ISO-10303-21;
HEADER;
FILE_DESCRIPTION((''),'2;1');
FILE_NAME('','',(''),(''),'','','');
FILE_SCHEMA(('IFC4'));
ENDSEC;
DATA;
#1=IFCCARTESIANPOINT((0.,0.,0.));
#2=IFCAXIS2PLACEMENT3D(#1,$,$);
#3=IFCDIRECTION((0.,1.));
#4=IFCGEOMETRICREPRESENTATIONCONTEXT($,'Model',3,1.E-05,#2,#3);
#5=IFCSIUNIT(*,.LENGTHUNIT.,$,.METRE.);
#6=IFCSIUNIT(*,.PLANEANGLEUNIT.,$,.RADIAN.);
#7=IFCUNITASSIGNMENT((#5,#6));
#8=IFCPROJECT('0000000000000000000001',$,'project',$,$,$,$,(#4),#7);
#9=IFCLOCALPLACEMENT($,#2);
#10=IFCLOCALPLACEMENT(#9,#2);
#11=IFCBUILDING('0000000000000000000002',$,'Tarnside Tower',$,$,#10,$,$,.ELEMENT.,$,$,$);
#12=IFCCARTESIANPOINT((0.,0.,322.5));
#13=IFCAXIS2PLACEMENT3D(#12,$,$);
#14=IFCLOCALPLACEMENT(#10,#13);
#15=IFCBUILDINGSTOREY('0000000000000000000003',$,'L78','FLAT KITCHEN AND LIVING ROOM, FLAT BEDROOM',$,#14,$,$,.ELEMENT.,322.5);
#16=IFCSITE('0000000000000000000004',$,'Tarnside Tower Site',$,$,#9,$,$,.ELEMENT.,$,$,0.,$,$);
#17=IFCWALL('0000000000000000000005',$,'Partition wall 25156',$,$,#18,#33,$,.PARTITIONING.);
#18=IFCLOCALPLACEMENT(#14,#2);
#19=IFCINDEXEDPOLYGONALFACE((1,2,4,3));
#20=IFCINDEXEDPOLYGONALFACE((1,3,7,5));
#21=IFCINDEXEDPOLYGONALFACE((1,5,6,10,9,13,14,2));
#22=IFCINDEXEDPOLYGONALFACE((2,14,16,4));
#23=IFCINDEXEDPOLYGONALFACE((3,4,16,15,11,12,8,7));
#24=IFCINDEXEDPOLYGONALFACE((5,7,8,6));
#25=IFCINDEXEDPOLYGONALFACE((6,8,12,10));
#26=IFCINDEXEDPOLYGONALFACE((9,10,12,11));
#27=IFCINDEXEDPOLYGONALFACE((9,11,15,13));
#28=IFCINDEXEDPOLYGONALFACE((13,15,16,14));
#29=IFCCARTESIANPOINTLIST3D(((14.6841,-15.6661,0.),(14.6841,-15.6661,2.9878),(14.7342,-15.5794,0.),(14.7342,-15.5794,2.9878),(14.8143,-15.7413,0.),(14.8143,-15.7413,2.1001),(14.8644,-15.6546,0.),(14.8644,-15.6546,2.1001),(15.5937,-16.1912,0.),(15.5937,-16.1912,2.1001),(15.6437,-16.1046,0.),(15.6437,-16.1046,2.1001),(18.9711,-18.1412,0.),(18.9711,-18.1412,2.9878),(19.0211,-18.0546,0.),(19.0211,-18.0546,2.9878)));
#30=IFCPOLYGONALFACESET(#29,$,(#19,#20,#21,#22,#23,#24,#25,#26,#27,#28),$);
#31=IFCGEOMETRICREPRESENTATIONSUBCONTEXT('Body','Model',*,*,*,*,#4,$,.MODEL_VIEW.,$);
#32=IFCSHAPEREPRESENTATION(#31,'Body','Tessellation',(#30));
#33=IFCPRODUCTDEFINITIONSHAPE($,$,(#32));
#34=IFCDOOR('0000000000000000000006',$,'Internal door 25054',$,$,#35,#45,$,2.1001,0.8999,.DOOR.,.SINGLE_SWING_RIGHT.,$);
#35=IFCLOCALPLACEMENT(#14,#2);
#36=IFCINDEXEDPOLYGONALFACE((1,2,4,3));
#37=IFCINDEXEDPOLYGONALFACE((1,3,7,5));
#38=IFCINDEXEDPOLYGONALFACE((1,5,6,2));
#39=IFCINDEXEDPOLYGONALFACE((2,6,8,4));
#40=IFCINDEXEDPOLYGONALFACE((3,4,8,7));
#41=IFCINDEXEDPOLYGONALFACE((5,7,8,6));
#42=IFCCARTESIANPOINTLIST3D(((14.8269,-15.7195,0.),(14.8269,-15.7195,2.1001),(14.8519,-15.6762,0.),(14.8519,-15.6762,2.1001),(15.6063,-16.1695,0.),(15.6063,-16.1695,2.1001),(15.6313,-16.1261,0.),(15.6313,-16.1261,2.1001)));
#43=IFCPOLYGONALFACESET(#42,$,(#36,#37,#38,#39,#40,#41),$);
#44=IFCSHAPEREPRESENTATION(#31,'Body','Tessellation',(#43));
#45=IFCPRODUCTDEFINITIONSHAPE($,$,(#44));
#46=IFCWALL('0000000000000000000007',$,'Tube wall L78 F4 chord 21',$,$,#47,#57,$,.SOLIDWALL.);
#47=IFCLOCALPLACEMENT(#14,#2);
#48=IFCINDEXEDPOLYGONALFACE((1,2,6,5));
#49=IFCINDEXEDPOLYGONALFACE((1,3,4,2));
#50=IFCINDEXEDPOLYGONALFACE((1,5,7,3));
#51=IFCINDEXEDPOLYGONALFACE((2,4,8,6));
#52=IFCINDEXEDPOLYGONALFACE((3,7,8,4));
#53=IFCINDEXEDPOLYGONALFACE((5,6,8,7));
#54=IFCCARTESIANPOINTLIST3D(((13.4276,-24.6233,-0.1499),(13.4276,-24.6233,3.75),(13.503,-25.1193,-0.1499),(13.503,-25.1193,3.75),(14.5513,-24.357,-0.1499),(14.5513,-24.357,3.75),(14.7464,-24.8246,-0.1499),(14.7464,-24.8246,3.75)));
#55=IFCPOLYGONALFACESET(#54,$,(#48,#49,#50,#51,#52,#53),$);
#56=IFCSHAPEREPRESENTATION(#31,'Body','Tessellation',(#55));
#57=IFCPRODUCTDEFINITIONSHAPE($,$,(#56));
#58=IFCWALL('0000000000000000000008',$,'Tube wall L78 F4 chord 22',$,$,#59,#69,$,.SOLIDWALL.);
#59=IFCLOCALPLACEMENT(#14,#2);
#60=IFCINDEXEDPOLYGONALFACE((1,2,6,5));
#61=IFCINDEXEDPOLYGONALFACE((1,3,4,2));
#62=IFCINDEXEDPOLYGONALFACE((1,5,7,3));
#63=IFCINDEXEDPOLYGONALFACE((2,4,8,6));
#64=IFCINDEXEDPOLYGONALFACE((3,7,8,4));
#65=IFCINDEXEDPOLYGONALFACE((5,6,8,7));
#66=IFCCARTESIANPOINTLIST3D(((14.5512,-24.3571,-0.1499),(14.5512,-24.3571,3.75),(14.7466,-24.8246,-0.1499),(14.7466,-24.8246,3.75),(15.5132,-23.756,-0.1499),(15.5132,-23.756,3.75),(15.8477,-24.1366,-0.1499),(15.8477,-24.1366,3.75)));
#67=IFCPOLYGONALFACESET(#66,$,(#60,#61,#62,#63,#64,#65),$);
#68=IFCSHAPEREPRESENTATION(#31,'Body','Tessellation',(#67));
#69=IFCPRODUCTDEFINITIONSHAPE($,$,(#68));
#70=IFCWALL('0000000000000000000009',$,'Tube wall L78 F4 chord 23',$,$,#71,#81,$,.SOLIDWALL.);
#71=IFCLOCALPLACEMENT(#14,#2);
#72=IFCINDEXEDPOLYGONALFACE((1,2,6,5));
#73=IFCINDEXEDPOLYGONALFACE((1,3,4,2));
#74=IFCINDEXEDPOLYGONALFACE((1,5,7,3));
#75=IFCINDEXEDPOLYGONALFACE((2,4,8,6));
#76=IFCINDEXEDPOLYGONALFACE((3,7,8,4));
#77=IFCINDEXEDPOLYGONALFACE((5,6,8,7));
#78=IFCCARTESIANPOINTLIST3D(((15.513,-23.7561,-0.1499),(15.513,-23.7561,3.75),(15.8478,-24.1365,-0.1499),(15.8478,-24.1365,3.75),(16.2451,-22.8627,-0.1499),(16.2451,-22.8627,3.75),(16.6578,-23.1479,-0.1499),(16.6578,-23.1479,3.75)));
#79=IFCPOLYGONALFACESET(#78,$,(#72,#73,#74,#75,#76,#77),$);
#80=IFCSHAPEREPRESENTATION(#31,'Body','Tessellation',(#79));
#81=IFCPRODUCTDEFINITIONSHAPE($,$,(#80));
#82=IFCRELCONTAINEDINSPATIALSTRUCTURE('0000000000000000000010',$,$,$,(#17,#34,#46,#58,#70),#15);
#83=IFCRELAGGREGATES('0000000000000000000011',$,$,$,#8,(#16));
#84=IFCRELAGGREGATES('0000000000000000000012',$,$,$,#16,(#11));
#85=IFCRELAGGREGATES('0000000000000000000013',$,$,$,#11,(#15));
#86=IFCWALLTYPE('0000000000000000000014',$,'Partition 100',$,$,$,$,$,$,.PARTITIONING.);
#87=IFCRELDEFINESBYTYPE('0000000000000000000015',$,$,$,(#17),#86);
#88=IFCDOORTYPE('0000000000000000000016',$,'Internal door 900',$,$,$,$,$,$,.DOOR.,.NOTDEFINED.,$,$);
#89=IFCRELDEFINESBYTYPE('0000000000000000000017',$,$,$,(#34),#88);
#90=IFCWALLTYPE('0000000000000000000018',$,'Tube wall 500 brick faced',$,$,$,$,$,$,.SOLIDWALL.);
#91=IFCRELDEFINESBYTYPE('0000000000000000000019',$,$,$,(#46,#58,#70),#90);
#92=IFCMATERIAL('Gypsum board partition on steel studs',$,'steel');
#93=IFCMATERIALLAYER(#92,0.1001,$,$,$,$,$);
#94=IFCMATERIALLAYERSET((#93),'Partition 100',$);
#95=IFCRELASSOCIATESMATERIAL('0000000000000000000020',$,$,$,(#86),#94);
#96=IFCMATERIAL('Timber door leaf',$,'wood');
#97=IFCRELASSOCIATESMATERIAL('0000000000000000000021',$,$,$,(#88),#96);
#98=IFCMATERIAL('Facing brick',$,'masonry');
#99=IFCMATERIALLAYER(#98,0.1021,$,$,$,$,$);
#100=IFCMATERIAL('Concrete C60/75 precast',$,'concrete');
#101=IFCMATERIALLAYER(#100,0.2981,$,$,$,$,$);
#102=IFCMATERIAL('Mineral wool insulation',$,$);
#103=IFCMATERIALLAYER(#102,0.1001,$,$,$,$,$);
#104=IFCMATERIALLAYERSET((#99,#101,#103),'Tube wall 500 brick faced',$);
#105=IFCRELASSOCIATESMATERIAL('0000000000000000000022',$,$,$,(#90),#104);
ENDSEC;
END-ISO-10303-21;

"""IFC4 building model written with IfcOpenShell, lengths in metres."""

from ifc_helpers import new_model, si_unit, direction, frame, frame_2d, origin, place, context, subcontext, project, spatial, polyline, rectangle, outline, extrude, material, layer, layer_set, type_object, element, fill, save


model = new_model("IFC4")

# Units and contexts
model_context = context("Model", 3, precision=1e-05, world=origin(), true_north=direction((0.0, 1.0)))
body_context = subcontext(model_context, "Body", "Model", "MODEL_VIEW")
ifc_project = project(units=[si_unit("LENGTHUNIT", "METRE"), si_unit("PLANEANGLEUNIT", "RADIAN")], contexts=[model_context])

# Site, building, storey
site_placement = place(None, origin())
site = spatial("IfcSite", under=ifc_project, at=site_placement, Name="Tarnside Tower Site", CompositionType="ELEMENT", RefElevation=0.0)
building_placement = place(site_placement, origin())
building = spatial("IfcBuilding", under=site, at=building_placement, Name="Tarnside Tower", CompositionType="ELEMENT")
storey_placement = place(building_placement, frame((0.0, 0.0, 322.5)))
storey = spatial("IfcBuildingStorey", under=building, at=storey_placement, Name="L78", Description="FLAT KITCHEN AND LIVING ROOM, FLAT BEDROOM", CompositionType="ELEMENT", Elevation=322.5)

# Shared definitions
ifc_material_1 = material(Name="Gypsum board partition on steel studs", Category="steel")
ifc_material_2 = material(Name="Timber door leaf", Category="wood")

# Shared definitions
ifc_material_3 = material(Name="Concrete C60/75 precast", Category="concrete")
ifc_material_4 = material(Name="Mineral wool insulation")

# Shared definitions
ifc_layer_1 = layer(ifc_material_1, 0.1001)
ifc_layer_set_1 = layer_set([ifc_layer_1], Name="Partition 100")
wall_type_1 = type_object("IfcWallType", Name="Partition 100", PredefinedType="PARTITIONING", material=ifc_layer_set_1)
door_type_1 = type_object("IfcDoorType", Name="Internal door 900", OperationType="NOTDEFINED", PredefinedType="DOOR", material=ifc_material_2)

# Wall, opening, door
wall_1_placement = place(storey_placement, frame((18.9961, -18.0979, 0.0), z_axis=(0.0, 0.0, 1.0), x_axis=(-0.866019, 0.500011, 0.0)))
wall_1 = element("IfcWall", 1, at=wall_1_placement, inside=storey, type_object=wall_type_1, Name="Partition wall 25156", PredefinedType="PARTITIONING", context=body_context, shape_type="SweptSolid", body=[
    extrude(rectangle(XDim=4.9502, YDim=0.1001, at=frame_2d((2.4751, 0.0))), origin(), (0.0, 0.0, 1.0), 2.9878),
])
opening_1_placement = place(wall_1_placement, frame((3.8999, 0.0, 0.0)))
opening_1 = element("IfcOpeningElement", 2, at=opening_1_placement, cuts=wall_1, PredefinedType="OPENING", context=body_context, shape_type="SweptSolid", body=[
    extrude(rectangle(XDim=0.8999, YDim=2.1001, at=frame_2d((0.45, 1.05))), frame((0.0, 0.0601, 0.0), z_axis=(0.0, -1.0, 0.0), x_axis=(1.0, 0.0, 0.0)), (0.0, 0.0, 1.0), 0.1201),
])
door_1_placement = place(opening_1_placement, origin())
door_1 = element("IfcDoor", 3, at=door_1_placement, inside=storey, type_object=door_type_1, Name="Internal door 25054", OperationType="SINGLE_SWING_RIGHT", OverallHeight=2.1001, OverallWidth=0.8999, PredefinedType="DOOR", context=body_context, shape_type="SweptSolid", body=[
    extrude(rectangle(XDim=0.8999, YDim=2.1001, at=frame_2d((0.45, 1.05))), frame((0.0, 0.0249, 0.0), z_axis=(0.0, -1.0, 0.0), x_axis=(1.0, 0.0, 0.0)), (0.0, 0.0, 1.0), 0.05),
])
fill(opening_1, door_1)

# Walls
ifc_material_5 = material(Name="Facing brick", Category="masonry")
ifc_layer_2 = layer(ifc_material_5, 0.1021)
ifc_layer_3 = layer(ifc_material_3, 0.2981)
ifc_layer_4 = layer(ifc_material_4, 0.1001)
ifc_layer_set_2 = layer_set([ifc_layer_2, ifc_layer_3, ifc_layer_4], Name="Tube wall 500 brick faced")
wall_type_2 = type_object("IfcWallType", Name="Tube wall 500 brick faced", PredefinedType="SOLIDWALL", material=ifc_layer_set_2)
wall_2_placement = place(storey_placement, frame((13.4653, -24.8713, -0.1499), z_axis=(0.0, 0.0, 1.0), x_axis=(0.973045, 0.230616, 0.0)))
element("IfcWall", 4, at=wall_2_placement, inside=storey, type_object=wall_type_2, Name="Tube wall L78 F4 chord 21", PredefinedType="SOLIDWALL", context=body_context, shape_type="SweptSolid", body=[
    extrude(outline(polyline([(-0.0205, -0.25), (1.2573, -0.25), (1.1753, 0.25), (0.0205, 0.25), (-0.0205, -0.25)])), origin(), (0.0, 0.0, 1.0), 3.8999),
])
wall_3_placement = place(storey_placement, frame((14.6489, -24.5908, -0.1499), z_axis=(0.0, 0.0, 1.0), x_axis=(0.848055, 0.529909, 0.0)))
element("IfcWall", 5, at=wall_3_placement, inside=storey, type_object=wall_type_2, Name="Tube wall L78 F4 chord 22", PredefinedType="SOLIDWALL", context=body_context, shape_type="SweptSolid", body=[
    extrude(outline(polyline([(-0.041, -0.25), (1.2573, -0.25), (1.1753, 0.25), (0.041, 0.25), (-0.041, -0.25)])), origin(), (0.0, 0.0, 1.0), 3.8999),
])
wall_4_placement = place(storey_placement, frame((15.6804, -23.9463, -0.1499), z_axis=(0.0, 0.0, 1.0), x_axis=(0.633806, 0.773492, 0.0)))
element("IfcWall", 6, at=wall_4_placement, inside=storey, type_object=wall_type_2, Name="Tube wall L78 F4 chord 23", PredefinedType="SOLIDWALL", context=body_context, shape_type="SweptSolid", body=[
    extrude(outline(polyline([(-0.041, -0.25), (1.2371, -0.25), (1.196, 0.25), (0.041, 0.25), (-0.041, -0.25)])), origin(), (0.0, 0.0, 1.0), 3.8999),
])

save(model, "model.ifc")
